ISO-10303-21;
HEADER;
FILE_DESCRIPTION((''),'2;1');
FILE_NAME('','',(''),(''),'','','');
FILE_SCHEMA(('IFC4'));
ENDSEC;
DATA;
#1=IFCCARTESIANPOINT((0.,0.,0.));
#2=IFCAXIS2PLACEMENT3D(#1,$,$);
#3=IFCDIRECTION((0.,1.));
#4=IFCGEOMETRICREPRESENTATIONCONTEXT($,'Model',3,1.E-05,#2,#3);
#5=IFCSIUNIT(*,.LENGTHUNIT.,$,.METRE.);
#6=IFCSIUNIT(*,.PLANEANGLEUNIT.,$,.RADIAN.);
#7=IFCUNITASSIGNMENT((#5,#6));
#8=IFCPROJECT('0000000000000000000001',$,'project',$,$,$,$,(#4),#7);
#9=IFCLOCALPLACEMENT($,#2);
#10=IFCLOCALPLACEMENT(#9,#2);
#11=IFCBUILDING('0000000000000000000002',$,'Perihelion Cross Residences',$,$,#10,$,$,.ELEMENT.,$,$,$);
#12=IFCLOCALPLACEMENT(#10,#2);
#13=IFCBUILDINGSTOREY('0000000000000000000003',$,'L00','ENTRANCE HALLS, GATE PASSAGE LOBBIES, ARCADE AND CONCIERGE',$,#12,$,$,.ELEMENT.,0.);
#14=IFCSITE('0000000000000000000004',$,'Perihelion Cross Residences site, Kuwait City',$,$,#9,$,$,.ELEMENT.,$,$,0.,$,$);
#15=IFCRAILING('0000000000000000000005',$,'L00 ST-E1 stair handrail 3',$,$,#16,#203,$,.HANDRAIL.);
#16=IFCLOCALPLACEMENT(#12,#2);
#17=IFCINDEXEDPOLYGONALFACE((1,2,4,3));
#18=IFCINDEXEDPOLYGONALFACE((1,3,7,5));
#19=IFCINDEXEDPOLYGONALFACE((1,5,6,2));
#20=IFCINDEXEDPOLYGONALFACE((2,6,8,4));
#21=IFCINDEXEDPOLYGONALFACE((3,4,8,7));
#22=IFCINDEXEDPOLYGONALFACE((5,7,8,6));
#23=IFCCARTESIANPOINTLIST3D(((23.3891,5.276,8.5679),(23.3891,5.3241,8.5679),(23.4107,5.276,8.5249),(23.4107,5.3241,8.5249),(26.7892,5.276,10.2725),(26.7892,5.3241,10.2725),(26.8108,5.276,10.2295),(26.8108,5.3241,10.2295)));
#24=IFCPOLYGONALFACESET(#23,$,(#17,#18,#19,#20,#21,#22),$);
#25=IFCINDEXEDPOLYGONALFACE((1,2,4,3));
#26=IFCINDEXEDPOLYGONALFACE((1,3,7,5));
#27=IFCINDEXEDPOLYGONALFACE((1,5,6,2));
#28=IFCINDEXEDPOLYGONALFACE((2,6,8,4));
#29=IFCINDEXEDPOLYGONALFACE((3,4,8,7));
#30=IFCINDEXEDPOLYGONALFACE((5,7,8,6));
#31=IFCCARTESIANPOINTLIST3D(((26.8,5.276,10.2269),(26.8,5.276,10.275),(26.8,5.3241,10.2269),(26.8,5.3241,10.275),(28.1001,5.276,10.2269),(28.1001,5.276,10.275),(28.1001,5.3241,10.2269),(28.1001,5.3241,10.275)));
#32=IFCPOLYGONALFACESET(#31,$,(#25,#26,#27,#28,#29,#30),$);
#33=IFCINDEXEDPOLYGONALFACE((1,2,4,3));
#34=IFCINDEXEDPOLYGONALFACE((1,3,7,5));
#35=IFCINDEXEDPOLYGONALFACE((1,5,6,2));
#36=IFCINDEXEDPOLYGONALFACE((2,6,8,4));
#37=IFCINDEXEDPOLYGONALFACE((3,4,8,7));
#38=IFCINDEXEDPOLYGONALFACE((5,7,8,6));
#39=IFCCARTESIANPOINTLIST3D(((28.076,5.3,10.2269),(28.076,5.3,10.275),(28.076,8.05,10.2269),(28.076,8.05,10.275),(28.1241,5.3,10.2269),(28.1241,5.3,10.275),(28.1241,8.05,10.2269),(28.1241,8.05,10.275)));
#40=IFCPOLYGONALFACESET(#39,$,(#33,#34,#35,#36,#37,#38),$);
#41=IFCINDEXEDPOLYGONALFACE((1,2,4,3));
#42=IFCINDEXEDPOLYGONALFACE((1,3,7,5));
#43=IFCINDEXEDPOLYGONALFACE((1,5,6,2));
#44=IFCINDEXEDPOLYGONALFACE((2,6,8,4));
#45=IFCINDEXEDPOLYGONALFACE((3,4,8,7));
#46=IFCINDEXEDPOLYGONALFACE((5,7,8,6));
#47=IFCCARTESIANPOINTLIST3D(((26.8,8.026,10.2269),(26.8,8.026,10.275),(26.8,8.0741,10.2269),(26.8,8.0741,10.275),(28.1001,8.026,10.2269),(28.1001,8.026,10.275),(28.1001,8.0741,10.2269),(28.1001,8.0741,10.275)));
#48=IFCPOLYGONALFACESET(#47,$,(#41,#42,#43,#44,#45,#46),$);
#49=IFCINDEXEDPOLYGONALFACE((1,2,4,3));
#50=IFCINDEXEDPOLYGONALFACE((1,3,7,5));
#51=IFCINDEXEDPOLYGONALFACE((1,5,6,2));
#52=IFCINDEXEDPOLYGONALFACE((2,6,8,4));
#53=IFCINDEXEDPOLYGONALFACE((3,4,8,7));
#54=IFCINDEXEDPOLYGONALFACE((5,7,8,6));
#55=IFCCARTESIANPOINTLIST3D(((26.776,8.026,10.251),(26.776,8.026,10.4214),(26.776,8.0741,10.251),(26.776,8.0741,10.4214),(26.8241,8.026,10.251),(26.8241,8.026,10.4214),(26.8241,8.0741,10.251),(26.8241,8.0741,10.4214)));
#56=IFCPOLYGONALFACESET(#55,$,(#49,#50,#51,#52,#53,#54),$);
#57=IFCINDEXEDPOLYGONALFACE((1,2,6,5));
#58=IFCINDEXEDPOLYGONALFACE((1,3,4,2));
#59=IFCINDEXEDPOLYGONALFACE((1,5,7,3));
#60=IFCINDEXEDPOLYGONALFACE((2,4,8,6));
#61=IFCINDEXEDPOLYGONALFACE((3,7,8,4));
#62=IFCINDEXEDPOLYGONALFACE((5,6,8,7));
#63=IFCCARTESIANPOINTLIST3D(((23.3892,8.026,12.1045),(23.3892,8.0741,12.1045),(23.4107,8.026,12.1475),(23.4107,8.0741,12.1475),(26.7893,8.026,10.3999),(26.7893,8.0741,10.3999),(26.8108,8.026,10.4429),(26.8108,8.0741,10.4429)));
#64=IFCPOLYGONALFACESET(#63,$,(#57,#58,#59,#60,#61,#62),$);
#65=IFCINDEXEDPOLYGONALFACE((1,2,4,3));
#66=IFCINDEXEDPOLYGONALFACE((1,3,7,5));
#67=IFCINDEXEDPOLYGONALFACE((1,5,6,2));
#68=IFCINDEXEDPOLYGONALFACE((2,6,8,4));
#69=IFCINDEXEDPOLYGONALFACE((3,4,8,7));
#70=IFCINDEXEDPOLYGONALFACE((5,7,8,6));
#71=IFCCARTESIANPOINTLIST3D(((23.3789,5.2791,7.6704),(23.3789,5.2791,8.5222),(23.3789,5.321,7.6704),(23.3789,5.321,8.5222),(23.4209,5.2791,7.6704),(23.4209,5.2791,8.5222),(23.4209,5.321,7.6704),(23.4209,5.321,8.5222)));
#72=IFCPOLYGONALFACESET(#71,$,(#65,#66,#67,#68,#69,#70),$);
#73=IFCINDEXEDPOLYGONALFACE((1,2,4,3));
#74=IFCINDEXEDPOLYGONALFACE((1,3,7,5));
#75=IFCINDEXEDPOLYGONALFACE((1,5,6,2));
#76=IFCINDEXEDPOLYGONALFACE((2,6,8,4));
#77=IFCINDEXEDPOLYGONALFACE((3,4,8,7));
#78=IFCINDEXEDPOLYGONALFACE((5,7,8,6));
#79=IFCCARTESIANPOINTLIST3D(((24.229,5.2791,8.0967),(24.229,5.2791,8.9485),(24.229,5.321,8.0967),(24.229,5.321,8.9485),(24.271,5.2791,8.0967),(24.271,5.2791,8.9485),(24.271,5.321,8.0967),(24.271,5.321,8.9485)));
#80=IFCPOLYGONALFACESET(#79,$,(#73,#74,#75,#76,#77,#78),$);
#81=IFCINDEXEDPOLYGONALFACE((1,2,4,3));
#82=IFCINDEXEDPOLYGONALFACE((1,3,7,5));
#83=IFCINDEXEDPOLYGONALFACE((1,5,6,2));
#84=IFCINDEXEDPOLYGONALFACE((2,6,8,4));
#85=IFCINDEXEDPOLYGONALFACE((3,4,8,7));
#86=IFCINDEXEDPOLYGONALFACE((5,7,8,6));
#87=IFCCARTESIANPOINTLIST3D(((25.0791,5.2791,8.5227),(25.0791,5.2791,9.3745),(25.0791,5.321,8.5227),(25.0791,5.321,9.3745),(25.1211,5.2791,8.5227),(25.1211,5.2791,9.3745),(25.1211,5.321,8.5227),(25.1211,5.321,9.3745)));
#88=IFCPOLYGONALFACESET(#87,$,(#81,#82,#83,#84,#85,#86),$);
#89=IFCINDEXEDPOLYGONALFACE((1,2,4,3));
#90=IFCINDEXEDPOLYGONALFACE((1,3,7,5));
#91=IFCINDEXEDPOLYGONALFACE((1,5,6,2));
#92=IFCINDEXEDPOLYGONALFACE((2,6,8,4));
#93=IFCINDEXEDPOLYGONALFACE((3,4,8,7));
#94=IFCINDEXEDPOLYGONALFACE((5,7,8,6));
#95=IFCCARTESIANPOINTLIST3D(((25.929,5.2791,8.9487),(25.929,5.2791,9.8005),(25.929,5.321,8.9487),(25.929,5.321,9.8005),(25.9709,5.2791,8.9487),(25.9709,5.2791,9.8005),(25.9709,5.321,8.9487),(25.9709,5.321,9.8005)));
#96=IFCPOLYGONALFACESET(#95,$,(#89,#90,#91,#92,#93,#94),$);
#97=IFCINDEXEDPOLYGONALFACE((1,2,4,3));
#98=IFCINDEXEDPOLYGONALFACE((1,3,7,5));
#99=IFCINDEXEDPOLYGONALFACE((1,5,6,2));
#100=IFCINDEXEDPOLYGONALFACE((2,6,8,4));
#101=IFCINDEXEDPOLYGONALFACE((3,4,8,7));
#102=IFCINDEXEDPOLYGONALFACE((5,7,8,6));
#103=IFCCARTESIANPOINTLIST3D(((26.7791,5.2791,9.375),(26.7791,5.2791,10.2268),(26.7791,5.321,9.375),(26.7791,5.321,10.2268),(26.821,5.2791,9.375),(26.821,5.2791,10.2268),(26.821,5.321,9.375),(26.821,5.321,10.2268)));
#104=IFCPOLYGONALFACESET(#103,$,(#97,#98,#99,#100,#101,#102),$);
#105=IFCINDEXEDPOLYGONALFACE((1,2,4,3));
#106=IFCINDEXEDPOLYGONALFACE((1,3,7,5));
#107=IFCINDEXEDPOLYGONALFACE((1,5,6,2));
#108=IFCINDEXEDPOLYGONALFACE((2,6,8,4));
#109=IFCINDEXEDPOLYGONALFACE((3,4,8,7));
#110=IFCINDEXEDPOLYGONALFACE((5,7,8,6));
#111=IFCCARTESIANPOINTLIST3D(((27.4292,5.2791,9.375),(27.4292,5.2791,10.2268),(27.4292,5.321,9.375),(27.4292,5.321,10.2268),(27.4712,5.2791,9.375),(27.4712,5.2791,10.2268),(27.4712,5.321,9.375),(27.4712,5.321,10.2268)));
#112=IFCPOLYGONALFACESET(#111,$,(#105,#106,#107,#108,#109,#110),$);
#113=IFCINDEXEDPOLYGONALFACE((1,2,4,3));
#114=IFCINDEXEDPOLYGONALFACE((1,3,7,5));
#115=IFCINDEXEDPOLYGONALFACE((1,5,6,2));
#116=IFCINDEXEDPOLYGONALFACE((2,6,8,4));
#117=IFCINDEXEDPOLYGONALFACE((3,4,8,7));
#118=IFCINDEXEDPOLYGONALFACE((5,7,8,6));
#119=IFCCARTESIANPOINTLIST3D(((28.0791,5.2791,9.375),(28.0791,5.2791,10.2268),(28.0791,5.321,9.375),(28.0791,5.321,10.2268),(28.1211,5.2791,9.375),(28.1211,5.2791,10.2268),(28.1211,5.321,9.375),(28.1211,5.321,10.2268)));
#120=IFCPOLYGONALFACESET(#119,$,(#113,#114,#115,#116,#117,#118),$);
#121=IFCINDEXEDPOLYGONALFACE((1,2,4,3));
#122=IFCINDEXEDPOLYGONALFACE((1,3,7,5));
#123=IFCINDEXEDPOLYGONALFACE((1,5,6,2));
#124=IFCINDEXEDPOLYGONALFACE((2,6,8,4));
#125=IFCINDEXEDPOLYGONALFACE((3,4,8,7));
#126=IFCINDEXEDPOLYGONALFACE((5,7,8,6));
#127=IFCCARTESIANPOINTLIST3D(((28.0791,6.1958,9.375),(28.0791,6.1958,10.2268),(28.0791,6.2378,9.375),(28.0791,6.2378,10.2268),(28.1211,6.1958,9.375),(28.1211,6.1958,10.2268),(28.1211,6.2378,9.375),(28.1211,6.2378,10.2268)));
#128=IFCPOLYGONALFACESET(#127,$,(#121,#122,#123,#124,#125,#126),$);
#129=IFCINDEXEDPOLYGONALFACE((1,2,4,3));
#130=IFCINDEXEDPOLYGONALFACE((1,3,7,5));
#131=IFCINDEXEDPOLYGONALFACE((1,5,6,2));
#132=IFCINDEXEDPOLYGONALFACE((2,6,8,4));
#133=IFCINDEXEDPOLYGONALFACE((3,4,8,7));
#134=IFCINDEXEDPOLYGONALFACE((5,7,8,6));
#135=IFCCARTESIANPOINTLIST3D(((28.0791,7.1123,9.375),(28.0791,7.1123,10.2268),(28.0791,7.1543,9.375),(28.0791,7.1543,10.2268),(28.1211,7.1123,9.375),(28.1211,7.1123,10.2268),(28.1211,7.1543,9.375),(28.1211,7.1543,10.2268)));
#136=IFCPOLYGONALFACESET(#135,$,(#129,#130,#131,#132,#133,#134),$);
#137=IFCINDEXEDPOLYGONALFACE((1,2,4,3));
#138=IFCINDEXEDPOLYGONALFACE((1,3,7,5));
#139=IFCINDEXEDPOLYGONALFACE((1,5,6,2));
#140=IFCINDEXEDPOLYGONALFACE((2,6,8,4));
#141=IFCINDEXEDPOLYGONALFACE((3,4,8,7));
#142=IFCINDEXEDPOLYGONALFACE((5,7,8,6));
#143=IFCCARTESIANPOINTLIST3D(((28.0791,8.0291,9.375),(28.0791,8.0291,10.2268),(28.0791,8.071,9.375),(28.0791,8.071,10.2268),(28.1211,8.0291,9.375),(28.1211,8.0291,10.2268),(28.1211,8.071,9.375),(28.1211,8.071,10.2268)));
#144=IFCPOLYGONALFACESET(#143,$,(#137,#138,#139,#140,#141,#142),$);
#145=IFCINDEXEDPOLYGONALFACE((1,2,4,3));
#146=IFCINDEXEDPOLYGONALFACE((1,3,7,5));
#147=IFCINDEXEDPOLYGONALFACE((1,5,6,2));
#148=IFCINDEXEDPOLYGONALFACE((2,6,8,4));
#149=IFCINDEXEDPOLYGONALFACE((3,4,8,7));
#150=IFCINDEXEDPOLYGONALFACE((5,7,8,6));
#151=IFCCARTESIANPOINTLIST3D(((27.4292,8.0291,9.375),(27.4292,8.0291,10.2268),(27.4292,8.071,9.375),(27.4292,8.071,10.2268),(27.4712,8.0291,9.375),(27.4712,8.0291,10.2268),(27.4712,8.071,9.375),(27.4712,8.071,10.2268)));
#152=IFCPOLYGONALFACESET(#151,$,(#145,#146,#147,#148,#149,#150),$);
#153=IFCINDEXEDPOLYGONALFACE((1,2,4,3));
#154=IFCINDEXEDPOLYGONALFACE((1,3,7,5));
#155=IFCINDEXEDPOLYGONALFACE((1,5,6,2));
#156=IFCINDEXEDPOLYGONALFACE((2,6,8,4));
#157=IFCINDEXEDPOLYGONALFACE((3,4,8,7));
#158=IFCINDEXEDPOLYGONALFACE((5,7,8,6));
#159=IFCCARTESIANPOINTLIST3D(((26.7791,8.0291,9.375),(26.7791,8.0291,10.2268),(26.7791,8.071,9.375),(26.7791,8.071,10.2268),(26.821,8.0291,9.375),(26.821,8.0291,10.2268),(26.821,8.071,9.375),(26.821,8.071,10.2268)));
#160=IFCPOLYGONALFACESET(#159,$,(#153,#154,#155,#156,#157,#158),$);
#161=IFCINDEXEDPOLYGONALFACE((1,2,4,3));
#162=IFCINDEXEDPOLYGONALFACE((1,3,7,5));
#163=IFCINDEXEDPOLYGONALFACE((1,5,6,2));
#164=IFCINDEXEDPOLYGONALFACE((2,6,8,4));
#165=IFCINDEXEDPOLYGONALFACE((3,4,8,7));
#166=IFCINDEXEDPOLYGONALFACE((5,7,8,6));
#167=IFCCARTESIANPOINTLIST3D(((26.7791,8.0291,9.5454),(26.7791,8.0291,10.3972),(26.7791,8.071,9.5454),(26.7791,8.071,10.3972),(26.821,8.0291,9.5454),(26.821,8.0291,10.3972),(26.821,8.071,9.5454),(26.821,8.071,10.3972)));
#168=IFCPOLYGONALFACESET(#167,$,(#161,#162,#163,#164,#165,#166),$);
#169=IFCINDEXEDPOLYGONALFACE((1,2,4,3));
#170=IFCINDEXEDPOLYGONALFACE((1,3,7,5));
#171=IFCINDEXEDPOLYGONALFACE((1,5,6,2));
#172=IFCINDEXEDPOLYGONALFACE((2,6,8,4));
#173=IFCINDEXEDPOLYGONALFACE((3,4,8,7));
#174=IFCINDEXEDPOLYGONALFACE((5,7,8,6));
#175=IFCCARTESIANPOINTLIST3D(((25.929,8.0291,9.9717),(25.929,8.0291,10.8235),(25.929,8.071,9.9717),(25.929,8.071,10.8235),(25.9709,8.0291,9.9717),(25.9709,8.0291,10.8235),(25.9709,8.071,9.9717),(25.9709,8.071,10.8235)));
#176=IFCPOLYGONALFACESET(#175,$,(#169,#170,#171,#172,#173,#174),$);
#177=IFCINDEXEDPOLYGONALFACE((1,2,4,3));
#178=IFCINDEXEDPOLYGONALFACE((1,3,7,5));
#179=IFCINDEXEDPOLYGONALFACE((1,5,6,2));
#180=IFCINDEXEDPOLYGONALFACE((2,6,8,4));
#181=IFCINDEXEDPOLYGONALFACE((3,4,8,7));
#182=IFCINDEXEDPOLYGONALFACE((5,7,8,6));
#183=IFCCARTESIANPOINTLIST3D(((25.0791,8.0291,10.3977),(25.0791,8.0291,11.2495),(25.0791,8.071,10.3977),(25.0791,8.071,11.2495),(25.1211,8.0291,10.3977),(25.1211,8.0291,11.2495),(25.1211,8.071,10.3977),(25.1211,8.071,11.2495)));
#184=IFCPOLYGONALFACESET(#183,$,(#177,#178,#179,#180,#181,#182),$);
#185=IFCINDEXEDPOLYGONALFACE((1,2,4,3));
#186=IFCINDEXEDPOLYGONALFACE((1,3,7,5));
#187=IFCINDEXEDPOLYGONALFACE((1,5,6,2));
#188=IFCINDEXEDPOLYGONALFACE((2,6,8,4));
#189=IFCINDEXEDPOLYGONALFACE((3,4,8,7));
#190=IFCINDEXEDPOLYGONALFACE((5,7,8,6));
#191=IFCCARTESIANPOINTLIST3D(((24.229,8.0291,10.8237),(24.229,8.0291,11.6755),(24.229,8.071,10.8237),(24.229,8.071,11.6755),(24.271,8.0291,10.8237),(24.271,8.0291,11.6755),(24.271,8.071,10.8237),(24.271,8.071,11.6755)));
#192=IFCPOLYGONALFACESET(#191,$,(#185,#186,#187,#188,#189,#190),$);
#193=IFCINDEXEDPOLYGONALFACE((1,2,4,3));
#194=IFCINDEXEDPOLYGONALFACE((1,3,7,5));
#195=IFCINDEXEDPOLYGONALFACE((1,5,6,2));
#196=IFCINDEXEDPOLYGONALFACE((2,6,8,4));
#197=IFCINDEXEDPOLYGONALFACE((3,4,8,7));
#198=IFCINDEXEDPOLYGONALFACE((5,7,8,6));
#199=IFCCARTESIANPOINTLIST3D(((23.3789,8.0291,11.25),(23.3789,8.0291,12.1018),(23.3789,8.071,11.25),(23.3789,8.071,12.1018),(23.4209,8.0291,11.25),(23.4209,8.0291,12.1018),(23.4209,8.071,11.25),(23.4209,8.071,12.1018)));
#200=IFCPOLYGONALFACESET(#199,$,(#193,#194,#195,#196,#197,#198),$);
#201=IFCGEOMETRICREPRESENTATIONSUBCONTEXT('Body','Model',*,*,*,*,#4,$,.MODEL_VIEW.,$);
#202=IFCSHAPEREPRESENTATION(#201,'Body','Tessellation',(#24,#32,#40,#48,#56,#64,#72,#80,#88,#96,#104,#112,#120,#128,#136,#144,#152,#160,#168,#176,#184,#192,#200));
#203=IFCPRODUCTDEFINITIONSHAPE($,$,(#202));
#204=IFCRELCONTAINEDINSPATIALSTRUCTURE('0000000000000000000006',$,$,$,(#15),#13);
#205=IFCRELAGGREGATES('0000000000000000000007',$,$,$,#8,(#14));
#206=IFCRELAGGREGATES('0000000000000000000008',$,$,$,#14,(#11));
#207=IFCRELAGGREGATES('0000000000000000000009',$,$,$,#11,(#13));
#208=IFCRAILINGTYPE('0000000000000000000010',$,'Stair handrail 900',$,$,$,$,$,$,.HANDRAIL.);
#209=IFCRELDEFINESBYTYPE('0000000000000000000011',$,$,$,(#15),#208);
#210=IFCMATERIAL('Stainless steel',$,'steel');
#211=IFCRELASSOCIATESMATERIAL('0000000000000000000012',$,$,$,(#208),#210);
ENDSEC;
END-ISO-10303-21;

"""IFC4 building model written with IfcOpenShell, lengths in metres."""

from ifc_helpers import new_model, si_unit, direction, frame, origin, origin_2d, place, context, subcontext, project, spatial, rectangle, extrude, material, type_object, element, save


model = new_model("IFC4")

# Units and contexts
model_context = context("Model", 3, precision=1e-05, world=origin(), true_north=direction((0.0, 1.0)))
body_context = subcontext(model_context, "Body", "Model", "MODEL_VIEW")
ifc_project = project(units=[si_unit("LENGTHUNIT", "METRE"), si_unit("PLANEANGLEUNIT", "RADIAN")], contexts=[model_context])

# Site, building, storey
site_placement = place(None, origin())
site = spatial("IfcSite", under=ifc_project, at=site_placement, Name="Perihelion Cross Residences site, Kuwait City", CompositionType="ELEMENT", RefElevation=0.0)
building_placement = place(site_placement, origin())
building = spatial("IfcBuilding", under=site, at=building_placement, Name="Perihelion Cross Residences", CompositionType="ELEMENT")
storey_placement = place(building_placement, origin())
storey = spatial("IfcBuildingStorey", under=building, at=storey_placement, Name="L00", Description="ENTRANCE HALLS, GATE PASSAGE LOBBIES, ARCADE AND CONCIERGE", CompositionType="ELEMENT", Elevation=0.0)

# Railing
ifc_material_1 = material(Name="Stainless steel", Category="steel")
railing_type = type_object("IfcRailingType", Name="Stair handrail 900", PredefinedType="HANDRAIL", material=ifc_material_1)
railing_1_placement = place(storey_placement, frame((23.3999, 5.3, 7.6704)))
element("IfcRailing", 1, at=railing_1_placement, inside=storey, type_object=railing_type, Name="L00 ST-E1 stair handrail 3", PredefinedType="HANDRAIL", context=body_context, shape_type="SweptSolid", body=[
    extrude(rectangle(XDim=0.0481, YDim=0.0481, at=origin_2d()), frame((0.0, 0.0, 0.876), z_axis=(0.893952, 0.0, 0.448163), x_axis=(0.0, 1.0, 0.0)), (0.0, 0.0, 1.0), 3.8035),
    extrude(rectangle(XDim=0.0481, YDim=0.0481, at=origin_2d()), frame((3.4001, 0.0, 2.5806), z_axis=(1.0, 0.0, 0.0), x_axis=(0.0, 1.0, 0.0)), (0.0, 0.0, 1.0), 1.3),
    extrude(rectangle(XDim=0.0481, YDim=0.0481, at=origin_2d()), frame((4.7002, 0.0, 2.5806), z_axis=(0.0, 1.0, 0.0), x_axis=(-1.0, 0.0, 0.0)), (0.0, 0.0, 1.0), 2.75),
    extrude(rectangle(XDim=0.0481, YDim=0.0481, at=origin_2d()), frame((4.7002, 2.75, 2.5806), z_axis=(-1.0, 0.0, 0.0), x_axis=(0.0, -1.0, 0.0)), (0.0, 0.0, 1.0), 1.3),
    extrude(rectangle(XDim=0.0481, YDim=0.0481, at=origin_2d()), frame((3.4001, 2.75, 2.5806), z_axis=(0.0, 0.0, 1.0), x_axis=(1.0, 0.0, 0.0)), (0.0, 0.0, 1.0), 0.1704),
    extrude(rectangle(XDim=0.0481, YDim=0.0481, at=origin_2d()), frame((3.4001, 2.75, 2.751), z_axis=(-0.893952, 0.0, 0.448163), x_axis=(0.0, -1.0, 0.0)), (0.0, 0.0, 1.0), 3.8035),
    extrude(rectangle(XDim=0.042, YDim=0.042, at=origin_2d()), origin(), (0.0, 0.0, 1.0), 0.8518),
    extrude(rectangle(XDim=0.042, YDim=0.042, at=origin_2d()), frame((0.8501, 0.0, 0.4263)), (0.0, 0.0, 1.0), 0.8518),
    extrude(rectangle(XDim=0.042, YDim=0.042, at=origin_2d()), frame((1.7002, 0.0, 0.8523)), (0.0, 0.0, 1.0), 0.8518),
    extrude(rectangle(XDim=0.042, YDim=0.042, at=origin_2d()), frame((2.55, 0.0, 1.2783)), (0.0, 0.0, 1.0), 0.8518),
    extrude(rectangle(XDim=0.042, YDim=0.042, at=origin_2d()), frame((3.4001, 0.0, 1.7046)), (0.0, 0.0, 1.0), 0.8518),
    extrude(rectangle(XDim=0.042, YDim=0.042, at=origin_2d()), frame((4.0503, 0.0, 1.7046)), (0.0, 0.0, 1.0), 0.8518),
    extrude(rectangle(XDim=0.042, YDim=0.042, at=origin_2d()), frame((4.7002, 0.0, 1.7046)), (0.0, 0.0, 1.0), 0.8518),
    extrude(rectangle(XDim=0.042, YDim=0.042, at=origin_2d()), frame((4.7002, 0.9167, 1.7046)), (0.0, 0.0, 1.0), 0.8518),
    extrude(rectangle(XDim=0.042, YDim=0.042, at=origin_2d()), frame((4.7002, 1.8333, 1.7046)), (0.0, 0.0, 1.0), 0.8518),
    extrude(rectangle(XDim=0.042, YDim=0.042, at=origin_2d()), frame((4.7002, 2.75, 1.7046)), (0.0, 0.0, 1.0), 0.8518),
    extrude(rectangle(XDim=0.042, YDim=0.042, at=origin_2d()), frame((4.0503, 2.75, 1.7046)), (0.0, 0.0, 1.0), 0.8518),
    extrude(rectangle(XDim=0.042, YDim=0.042, at=origin_2d()), frame((3.4001, 2.75, 1.7046)), (0.0, 0.0, 1.0), 0.8518),
    extrude(rectangle(XDim=0.042, YDim=0.042, at=origin_2d()), frame((3.4001, 2.75, 1.875)), (0.0, 0.0, 1.0), 0.8518),
    extrude(rectangle(XDim=0.042, YDim=0.042, at=origin_2d()), frame((2.55, 2.75, 2.3013)), (0.0, 0.0, 1.0), 0.8518),
    extrude(rectangle(XDim=0.042, YDim=0.042, at=origin_2d()), frame((1.7002, 2.75, 2.7273)), (0.0, 0.0, 1.0), 0.8518),
    extrude(rectangle(XDim=0.042, YDim=0.042, at=origin_2d()), frame((0.8501, 2.75, 3.1533)), (0.0, 0.0, 1.0), 0.8518),
    extrude(rectangle(XDim=0.042, YDim=0.042, at=origin_2d()), frame((0.0, 2.75, 3.5796)), (0.0, 0.0, 1.0), 0.8518),
])

save(model, "model.ifc")
